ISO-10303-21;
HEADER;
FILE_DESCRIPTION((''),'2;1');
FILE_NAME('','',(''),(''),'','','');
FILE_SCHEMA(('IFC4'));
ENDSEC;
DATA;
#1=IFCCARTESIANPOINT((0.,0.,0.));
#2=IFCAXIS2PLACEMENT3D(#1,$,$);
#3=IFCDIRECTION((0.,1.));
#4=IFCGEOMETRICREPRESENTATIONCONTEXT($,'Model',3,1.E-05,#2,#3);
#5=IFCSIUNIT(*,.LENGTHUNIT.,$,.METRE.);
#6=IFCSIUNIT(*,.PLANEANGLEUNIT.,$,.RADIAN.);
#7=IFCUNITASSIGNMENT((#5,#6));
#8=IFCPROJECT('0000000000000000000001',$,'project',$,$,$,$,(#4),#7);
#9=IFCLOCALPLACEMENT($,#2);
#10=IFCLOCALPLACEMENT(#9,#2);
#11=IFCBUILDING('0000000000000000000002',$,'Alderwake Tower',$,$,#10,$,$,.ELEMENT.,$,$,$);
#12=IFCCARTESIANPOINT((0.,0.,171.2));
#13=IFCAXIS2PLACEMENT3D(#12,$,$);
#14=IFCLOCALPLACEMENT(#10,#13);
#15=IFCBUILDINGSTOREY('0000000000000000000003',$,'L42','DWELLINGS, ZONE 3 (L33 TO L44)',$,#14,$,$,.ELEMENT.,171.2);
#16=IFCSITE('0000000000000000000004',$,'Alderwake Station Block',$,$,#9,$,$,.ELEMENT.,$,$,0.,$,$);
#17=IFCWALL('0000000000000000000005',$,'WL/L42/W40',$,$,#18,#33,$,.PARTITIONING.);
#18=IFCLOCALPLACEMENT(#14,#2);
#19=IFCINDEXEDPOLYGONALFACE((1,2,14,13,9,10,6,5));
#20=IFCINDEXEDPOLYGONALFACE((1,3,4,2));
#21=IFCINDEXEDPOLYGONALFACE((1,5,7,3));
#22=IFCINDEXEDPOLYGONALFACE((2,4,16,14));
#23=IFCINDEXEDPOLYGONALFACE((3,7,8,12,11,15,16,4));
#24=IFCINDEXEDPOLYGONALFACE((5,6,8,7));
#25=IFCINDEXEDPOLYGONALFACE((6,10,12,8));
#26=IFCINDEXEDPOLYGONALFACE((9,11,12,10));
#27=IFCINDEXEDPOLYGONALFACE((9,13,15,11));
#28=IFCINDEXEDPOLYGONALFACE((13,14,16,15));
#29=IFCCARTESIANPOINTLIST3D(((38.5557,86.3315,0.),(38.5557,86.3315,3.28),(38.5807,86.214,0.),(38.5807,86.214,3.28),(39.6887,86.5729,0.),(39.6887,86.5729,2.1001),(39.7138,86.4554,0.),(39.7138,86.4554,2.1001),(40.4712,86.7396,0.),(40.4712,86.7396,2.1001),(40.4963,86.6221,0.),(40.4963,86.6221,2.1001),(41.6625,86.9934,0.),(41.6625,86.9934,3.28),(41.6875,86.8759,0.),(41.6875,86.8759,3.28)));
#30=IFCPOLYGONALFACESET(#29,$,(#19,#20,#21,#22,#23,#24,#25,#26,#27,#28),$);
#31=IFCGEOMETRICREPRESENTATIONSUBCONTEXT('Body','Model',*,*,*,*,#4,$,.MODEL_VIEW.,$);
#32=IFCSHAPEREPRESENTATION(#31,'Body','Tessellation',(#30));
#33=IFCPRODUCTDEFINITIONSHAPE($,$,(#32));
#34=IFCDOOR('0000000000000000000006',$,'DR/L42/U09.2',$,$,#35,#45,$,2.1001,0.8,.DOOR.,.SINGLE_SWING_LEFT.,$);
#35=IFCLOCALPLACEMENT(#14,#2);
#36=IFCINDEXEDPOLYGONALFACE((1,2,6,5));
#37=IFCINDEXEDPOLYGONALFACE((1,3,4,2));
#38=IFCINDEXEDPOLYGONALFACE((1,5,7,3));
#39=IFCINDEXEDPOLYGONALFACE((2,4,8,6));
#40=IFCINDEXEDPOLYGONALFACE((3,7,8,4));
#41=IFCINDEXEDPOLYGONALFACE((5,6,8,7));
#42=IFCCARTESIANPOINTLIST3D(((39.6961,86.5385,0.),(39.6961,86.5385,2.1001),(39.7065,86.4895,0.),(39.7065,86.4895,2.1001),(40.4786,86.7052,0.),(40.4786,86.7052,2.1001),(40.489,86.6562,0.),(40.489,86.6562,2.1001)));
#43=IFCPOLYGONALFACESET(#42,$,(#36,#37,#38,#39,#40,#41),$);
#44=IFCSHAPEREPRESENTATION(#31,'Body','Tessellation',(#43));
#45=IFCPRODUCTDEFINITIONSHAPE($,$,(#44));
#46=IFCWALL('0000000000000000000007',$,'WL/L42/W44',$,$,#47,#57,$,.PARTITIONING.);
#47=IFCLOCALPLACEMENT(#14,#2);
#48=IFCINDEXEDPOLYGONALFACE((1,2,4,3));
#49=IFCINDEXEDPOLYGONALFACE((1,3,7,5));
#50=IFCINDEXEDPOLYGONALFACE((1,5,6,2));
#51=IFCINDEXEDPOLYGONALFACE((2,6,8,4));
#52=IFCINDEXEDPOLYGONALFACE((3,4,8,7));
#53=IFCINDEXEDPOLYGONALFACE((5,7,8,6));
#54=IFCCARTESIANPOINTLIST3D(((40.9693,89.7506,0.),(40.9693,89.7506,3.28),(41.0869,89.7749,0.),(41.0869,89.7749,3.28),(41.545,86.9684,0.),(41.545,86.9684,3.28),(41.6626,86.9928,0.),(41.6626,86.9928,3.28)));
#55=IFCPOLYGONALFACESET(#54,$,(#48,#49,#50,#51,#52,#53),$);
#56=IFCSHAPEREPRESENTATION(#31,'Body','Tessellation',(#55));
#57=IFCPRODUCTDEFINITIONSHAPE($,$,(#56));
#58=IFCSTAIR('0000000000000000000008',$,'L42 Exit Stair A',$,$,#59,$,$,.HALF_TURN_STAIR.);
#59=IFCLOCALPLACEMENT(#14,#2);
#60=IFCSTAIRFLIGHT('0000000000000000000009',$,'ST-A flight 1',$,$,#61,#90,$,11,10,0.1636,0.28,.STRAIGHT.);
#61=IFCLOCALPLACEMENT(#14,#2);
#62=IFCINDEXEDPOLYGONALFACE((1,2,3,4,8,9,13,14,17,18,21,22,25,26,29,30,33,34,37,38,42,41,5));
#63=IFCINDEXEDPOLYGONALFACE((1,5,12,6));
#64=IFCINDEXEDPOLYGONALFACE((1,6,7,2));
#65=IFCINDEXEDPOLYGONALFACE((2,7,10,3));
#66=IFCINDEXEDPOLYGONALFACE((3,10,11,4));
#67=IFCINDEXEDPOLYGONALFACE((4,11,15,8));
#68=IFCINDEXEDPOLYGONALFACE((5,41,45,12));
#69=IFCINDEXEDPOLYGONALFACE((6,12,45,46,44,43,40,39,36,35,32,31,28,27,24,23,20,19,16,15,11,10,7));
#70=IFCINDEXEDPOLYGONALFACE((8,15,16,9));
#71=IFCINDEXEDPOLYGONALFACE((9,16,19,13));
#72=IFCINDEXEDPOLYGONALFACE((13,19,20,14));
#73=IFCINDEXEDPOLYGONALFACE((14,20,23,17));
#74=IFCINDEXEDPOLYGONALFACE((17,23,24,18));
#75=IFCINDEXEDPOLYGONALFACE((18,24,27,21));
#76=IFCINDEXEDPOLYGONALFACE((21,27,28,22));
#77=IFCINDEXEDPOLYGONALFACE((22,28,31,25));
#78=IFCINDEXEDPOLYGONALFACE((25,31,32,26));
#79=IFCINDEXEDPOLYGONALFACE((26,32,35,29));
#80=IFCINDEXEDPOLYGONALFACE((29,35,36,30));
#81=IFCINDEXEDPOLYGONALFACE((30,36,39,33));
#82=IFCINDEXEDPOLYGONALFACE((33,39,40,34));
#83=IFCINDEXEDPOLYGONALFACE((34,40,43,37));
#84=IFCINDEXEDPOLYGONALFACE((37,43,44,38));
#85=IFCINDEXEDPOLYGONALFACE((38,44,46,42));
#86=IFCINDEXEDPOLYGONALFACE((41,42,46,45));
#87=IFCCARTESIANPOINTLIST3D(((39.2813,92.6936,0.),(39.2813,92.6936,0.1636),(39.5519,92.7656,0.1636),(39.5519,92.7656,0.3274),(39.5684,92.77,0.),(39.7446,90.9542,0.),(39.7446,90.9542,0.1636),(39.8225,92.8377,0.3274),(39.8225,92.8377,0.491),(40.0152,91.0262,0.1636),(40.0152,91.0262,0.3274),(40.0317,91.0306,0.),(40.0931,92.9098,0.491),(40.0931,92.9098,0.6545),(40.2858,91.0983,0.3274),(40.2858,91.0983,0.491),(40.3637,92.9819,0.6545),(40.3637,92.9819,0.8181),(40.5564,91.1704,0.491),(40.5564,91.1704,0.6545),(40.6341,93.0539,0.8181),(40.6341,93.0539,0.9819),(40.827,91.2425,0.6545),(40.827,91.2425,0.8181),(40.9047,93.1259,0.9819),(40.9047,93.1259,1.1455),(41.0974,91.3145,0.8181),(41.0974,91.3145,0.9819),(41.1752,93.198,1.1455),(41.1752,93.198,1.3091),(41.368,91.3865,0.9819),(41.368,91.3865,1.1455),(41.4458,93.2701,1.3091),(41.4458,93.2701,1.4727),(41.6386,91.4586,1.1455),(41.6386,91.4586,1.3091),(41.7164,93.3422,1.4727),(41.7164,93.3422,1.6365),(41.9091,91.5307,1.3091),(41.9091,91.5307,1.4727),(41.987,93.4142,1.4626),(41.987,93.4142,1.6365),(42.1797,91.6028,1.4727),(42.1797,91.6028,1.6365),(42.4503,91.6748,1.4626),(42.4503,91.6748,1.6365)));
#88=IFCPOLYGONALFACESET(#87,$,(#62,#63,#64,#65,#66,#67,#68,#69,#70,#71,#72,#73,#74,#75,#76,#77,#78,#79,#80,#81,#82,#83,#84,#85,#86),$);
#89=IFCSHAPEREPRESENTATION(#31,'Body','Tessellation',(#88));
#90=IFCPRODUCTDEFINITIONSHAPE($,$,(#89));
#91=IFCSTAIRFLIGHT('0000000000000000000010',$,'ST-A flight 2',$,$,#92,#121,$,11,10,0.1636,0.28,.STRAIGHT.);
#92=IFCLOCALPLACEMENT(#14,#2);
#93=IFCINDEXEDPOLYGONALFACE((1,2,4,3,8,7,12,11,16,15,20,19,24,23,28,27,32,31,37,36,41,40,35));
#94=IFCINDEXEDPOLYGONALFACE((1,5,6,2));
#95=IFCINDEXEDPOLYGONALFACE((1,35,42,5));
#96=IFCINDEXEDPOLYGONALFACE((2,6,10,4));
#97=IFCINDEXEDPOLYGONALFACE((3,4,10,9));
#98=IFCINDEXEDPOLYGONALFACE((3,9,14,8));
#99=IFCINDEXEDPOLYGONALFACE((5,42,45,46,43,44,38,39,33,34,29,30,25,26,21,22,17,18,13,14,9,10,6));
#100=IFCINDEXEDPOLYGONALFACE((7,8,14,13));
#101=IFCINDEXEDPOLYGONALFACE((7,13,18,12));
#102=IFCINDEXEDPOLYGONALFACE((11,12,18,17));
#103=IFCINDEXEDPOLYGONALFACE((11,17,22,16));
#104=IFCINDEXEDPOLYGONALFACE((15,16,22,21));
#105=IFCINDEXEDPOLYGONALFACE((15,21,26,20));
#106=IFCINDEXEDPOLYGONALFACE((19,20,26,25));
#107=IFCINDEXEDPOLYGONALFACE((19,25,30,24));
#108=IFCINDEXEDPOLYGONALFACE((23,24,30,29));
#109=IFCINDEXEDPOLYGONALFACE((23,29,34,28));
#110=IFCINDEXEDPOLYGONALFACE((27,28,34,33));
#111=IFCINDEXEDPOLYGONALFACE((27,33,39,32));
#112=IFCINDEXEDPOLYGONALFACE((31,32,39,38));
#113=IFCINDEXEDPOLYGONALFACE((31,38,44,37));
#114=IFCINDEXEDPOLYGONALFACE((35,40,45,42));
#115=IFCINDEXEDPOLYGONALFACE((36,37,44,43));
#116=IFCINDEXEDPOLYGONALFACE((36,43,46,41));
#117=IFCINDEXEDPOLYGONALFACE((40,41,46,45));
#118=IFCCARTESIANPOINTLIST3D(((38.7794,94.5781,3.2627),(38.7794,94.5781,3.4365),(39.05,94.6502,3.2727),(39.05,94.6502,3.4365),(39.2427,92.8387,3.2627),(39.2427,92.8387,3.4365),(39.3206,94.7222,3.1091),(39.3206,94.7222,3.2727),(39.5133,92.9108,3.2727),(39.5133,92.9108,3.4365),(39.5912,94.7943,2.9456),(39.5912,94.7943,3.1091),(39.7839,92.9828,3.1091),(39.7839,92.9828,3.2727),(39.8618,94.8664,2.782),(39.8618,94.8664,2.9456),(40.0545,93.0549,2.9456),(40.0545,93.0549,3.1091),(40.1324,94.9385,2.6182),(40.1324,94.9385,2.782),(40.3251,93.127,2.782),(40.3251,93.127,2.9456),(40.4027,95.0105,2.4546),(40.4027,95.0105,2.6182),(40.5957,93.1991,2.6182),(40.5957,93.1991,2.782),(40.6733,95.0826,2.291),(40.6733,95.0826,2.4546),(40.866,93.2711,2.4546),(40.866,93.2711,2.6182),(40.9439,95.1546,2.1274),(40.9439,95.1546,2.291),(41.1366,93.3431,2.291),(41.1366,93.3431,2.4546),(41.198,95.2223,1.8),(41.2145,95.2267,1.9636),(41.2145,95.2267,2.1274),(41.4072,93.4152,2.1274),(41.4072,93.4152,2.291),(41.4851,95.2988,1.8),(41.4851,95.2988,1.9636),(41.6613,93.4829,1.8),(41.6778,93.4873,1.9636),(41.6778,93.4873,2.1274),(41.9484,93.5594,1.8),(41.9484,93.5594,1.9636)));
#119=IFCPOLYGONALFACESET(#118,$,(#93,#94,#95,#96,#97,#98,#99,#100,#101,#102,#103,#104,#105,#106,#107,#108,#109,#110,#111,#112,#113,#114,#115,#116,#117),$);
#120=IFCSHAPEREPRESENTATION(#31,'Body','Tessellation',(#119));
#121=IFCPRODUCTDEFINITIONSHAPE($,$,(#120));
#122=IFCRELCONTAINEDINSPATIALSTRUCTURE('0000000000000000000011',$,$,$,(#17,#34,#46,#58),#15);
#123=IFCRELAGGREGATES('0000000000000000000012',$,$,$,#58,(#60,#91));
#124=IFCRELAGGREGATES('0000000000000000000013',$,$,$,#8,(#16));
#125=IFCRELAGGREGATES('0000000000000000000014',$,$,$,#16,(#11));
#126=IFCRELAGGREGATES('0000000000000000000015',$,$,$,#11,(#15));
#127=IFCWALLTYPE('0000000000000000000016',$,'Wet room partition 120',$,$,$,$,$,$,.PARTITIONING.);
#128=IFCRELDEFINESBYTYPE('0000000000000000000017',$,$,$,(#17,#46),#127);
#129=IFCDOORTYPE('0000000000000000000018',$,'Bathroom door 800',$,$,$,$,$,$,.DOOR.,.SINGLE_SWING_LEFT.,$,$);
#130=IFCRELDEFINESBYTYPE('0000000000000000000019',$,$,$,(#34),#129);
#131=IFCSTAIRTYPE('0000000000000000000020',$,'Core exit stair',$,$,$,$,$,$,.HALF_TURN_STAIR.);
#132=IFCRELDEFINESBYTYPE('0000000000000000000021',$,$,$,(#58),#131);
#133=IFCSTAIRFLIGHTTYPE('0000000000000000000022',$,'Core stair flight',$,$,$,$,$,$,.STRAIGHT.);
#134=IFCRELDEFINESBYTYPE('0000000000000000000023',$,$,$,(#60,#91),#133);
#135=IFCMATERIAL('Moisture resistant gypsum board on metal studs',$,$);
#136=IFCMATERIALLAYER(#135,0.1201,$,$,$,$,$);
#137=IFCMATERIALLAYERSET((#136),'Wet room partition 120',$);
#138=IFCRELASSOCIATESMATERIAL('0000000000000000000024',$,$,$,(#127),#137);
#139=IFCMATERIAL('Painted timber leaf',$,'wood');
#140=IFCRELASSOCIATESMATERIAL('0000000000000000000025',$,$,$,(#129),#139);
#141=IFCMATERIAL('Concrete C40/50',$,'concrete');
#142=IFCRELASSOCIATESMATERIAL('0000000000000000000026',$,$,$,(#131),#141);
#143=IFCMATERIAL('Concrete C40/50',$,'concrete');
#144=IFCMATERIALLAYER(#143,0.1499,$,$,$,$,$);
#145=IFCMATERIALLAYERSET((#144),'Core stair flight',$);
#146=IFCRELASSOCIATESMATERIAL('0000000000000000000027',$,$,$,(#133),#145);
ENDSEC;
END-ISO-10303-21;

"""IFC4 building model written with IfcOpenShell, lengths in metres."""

from ifc_helpers import new_model, si_unit, direction, frame, frame_2d, origin, place, context, subcontext, project, spatial, polyline, rectangle, outline, extrude, material, layer, layer_set, type_object, element, fill, aggregate, save


model = new_model("IFC4")

# Units and contexts
model_context = context("Model", 3, precision=1e-05, world=origin(), true_north=direction((0.0, 1.0)))
body_context = subcontext(model_context, "Body", "Model", "MODEL_VIEW")
ifc_project = project(units=[si_unit("LENGTHUNIT", "METRE"), si_unit("PLANEANGLEUNIT", "RADIAN")], contexts=[model_context])

# Site, building, storey
site_placement = place(None, origin())
site = spatial("IfcSite", under=ifc_project, at=site_placement, Name="Alderwake Station Block", CompositionType="ELEMENT", RefElevation=0.0)
building_placement = place(site_placement, origin())
building = spatial("IfcBuilding", under=site, at=building_placement, Name="Alderwake Tower", CompositionType="ELEMENT")
storey_placement = place(building_placement, frame((0.0, 0.0, 171.2)))
storey = spatial("IfcBuildingStorey", under=building, at=storey_placement, Name="L42", Description="DWELLINGS, ZONE 3 (L33 TO L44)", CompositionType="ELEMENT", Elevation=171.2)

# Wall, opening, door
ifc_material_1 = material(Name="Moisture resistant gypsum board on metal studs")
ifc_layer_1 = layer(ifc_material_1, 0.1201)
ifc_layer_set_1 = layer_set([ifc_layer_1], Name="Wet room partition 120")
wall_type_1 = type_object("IfcWallType", Name="Wet room partition 120", PredefinedType="PARTITIONING", material=ifc_layer_set_1)
wall_1_placement = place(storey_placement, frame((38.5681, 86.2727, 0.0), z_axis=(0.0, 0.0, 1.0), x_axis=(0.97805, 0.208369, 0.0)))
wall_1 = element("IfcWall", 1, at=wall_1_placement, inside=storey, type_object=wall_type_1, Name="WL/L42/W40", PredefinedType="PARTITIONING", context=body_context, shape_type="SweptSolid", body=[
    extrude(rectangle(XDim=3.1765, YDim=0.1201, at=frame_2d((1.5884, 0.0))), origin(), (0.0, 0.0, 1.0), 3.28),
])
opening_1_placement = place(wall_1_placement, frame((1.1587, 0.0, 0.0)))
opening_1 = element("IfcOpeningElement", 2, at=opening_1_placement, cuts=wall_1, PredefinedType="OPENING", context=body_context, shape_type="SweptSolid", body=[
    extrude(rectangle(XDim=0.8, YDim=2.1001, at=frame_2d((0.3999, 1.05))), frame((0.0, 0.0701, 0.0), z_axis=(0.0, -1.0, 0.0), x_axis=(1.0, 0.0, 0.0)), (0.0, 0.0, 1.0), 0.1401),
])
ifc_material_2 = material(Name="Painted timber leaf", Category="wood")
door_type_1 = type_object("IfcDoorType", Name="Bathroom door 800", OperationType="SINGLE_SWING_LEFT", PredefinedType="DOOR", material=ifc_material_2)
door_1_placement = place(opening_1_placement, origin())
door_1 = element("IfcDoor", 3, at=door_1_placement, inside=storey, type_object=door_type_1, Name="DR/L42/U09.2", OperationType="SINGLE_SWING_LEFT", OverallHeight=2.1001, OverallWidth=0.8, PredefinedType="DOOR", context=body_context, shape_type="SweptSolid", body=[
    extrude(rectangle(XDim=0.8, YDim=2.1001, at=frame_2d((0.3999, 1.05))), frame((0.0, 0.0249, 0.0), z_axis=(0.0, -1.0, 0.0), x_axis=(1.0, 0.0, 0.0)), (0.0, 0.0, 1.0), 0.05),
])
fill(opening_1, door_1)

# Wall
wall_2_placement = place(storey_placement, frame((41.6038, 86.9807, 0.0), z_axis=(0.0, 0.0, 1.0), x_axis=(-0.202623, 0.979257, 0.0)))
element("IfcWall", 4, at=wall_2_placement, inside=storey, type_object=wall_type_1, Name="WL/L42/W44", PredefinedType="PARTITIONING", context=body_context, shape_type="SweptSolid", body=[
    extrude(rectangle(XDim=2.8411, YDim=0.1201, at=frame_2d((1.4204, 0.0))), origin(), (0.0, 0.0, 1.0), 3.28),
])

# Stair, stair flights
ifc_material_3 = material(Name="Concrete C40/50", Category="concrete")
stair_type = type_object("IfcStairType", Name="Core exit stair", PredefinedType="HALF_TURN_STAIR", material=ifc_material_3)
stair_placement = place(storey_placement, origin())
stair = element("IfcStair", 5, at=stair_placement, inside=storey, type_object=stair_type, Name="L42 Exit Stair A", PredefinedType="HALF_TURN_STAIR")
ifc_material_4 = material(Name="Concrete C40/50", Category="concrete")
ifc_layer_2 = layer(ifc_material_4, 0.1499)
ifc_layer_set_2 = layer_set([ifc_layer_2], Name="Core stair flight")
stair_flight_type = type_object("IfcStairFlightType", Name="Core stair flight", PredefinedType="STRAIGHT", material=ifc_layer_set_2)
stair_flight_1_placement = place(storey_placement, frame((39.5129, 91.824, 0.0), z_axis=(0.0, 0.0, 1.0), x_axis=(0.96631, 0.257382, 0.0)))
stair_flight_1 = element("IfcStairFlight", 6, at=stair_flight_1_placement, type_object=stair_flight_type, Name="ST-A flight 1", NumberOfRisers=11, NumberOfTreads=10, PredefinedType="STRAIGHT", RiserHeight=0.1636, TreadLength=0.28, context=body_context, shape_type="SweptSolid", body=[
    extrude(outline(polyline([(0.0, 0.0), (0.0, 0.1636), (0.28, 0.1636), (0.28, 0.3274), (0.5601, 0.3274), (0.5601, 0.491), (0.8401, 0.491), (0.8401, 0.6545), (1.1201, 0.6545), (1.1201, 0.8181), (1.3999, 0.8181), (1.3999, 0.9819), (1.6799, 0.9819), (1.6799, 1.1455), (1.96, 1.1455), (1.96, 1.3091), (2.24, 1.3091), (2.24, 1.4727), (2.52, 1.4727), (2.52, 1.6365), (2.8, 1.6365), (2.8, 1.8), (2.8, 1.4626), (0.2971, 0.0), (0.0, 0.0)])), frame((0.0, 0.8999, 0.0), z_axis=(0.0, -1.0, 0.0), x_axis=(1.0, 0.0, 0.0)), (0.0, 0.0, 1.0), 1.8),
])
stair_flight_2_placement = place(storey_placement, frame((41.7168, 94.429, 1.8), z_axis=(0.0, 0.0, 1.0), x_axis=(-0.96631, -0.257382, 0.0)))
stair_flight_2 = element("IfcStairFlight", 7, at=stair_flight_2_placement, type_object=stair_flight_type, Name="ST-A flight 2", NumberOfRisers=11, NumberOfTreads=10, PredefinedType="STRAIGHT", RiserHeight=0.1636, TreadLength=0.28, context=body_context, shape_type="SweptSolid", body=[
    extrude(outline(polyline([(0.0, 0.0), (0.0, 0.1636), (0.28, 0.1636), (0.28, 0.3274), (0.5601, 0.3274), (0.5601, 0.491), (0.8401, 0.491), (0.8401, 0.6545), (1.1201, 0.6545), (1.1201, 0.8181), (1.3999, 0.8181), (1.3999, 0.9819), (1.6799, 0.9819), (1.6799, 1.1455), (1.96, 1.1455), (1.96, 1.3091), (2.24, 1.3091), (2.24, 1.4727), (2.52, 1.4727), (2.52, 1.6365), (2.8, 1.6365), (2.8, 1.8), (2.8, 1.4626), (0.2971, 0.0), (0.0, 0.0)])), frame((0.0, 0.8999, 0.0), z_axis=(0.0, -1.0, 0.0), x_axis=(1.0, 0.0, 0.0)), (0.0, 0.0, 1.0), 1.8),
])
aggregate(stair, [stair_flight_1, stair_flight_2])

save(model, "model.ifc")
